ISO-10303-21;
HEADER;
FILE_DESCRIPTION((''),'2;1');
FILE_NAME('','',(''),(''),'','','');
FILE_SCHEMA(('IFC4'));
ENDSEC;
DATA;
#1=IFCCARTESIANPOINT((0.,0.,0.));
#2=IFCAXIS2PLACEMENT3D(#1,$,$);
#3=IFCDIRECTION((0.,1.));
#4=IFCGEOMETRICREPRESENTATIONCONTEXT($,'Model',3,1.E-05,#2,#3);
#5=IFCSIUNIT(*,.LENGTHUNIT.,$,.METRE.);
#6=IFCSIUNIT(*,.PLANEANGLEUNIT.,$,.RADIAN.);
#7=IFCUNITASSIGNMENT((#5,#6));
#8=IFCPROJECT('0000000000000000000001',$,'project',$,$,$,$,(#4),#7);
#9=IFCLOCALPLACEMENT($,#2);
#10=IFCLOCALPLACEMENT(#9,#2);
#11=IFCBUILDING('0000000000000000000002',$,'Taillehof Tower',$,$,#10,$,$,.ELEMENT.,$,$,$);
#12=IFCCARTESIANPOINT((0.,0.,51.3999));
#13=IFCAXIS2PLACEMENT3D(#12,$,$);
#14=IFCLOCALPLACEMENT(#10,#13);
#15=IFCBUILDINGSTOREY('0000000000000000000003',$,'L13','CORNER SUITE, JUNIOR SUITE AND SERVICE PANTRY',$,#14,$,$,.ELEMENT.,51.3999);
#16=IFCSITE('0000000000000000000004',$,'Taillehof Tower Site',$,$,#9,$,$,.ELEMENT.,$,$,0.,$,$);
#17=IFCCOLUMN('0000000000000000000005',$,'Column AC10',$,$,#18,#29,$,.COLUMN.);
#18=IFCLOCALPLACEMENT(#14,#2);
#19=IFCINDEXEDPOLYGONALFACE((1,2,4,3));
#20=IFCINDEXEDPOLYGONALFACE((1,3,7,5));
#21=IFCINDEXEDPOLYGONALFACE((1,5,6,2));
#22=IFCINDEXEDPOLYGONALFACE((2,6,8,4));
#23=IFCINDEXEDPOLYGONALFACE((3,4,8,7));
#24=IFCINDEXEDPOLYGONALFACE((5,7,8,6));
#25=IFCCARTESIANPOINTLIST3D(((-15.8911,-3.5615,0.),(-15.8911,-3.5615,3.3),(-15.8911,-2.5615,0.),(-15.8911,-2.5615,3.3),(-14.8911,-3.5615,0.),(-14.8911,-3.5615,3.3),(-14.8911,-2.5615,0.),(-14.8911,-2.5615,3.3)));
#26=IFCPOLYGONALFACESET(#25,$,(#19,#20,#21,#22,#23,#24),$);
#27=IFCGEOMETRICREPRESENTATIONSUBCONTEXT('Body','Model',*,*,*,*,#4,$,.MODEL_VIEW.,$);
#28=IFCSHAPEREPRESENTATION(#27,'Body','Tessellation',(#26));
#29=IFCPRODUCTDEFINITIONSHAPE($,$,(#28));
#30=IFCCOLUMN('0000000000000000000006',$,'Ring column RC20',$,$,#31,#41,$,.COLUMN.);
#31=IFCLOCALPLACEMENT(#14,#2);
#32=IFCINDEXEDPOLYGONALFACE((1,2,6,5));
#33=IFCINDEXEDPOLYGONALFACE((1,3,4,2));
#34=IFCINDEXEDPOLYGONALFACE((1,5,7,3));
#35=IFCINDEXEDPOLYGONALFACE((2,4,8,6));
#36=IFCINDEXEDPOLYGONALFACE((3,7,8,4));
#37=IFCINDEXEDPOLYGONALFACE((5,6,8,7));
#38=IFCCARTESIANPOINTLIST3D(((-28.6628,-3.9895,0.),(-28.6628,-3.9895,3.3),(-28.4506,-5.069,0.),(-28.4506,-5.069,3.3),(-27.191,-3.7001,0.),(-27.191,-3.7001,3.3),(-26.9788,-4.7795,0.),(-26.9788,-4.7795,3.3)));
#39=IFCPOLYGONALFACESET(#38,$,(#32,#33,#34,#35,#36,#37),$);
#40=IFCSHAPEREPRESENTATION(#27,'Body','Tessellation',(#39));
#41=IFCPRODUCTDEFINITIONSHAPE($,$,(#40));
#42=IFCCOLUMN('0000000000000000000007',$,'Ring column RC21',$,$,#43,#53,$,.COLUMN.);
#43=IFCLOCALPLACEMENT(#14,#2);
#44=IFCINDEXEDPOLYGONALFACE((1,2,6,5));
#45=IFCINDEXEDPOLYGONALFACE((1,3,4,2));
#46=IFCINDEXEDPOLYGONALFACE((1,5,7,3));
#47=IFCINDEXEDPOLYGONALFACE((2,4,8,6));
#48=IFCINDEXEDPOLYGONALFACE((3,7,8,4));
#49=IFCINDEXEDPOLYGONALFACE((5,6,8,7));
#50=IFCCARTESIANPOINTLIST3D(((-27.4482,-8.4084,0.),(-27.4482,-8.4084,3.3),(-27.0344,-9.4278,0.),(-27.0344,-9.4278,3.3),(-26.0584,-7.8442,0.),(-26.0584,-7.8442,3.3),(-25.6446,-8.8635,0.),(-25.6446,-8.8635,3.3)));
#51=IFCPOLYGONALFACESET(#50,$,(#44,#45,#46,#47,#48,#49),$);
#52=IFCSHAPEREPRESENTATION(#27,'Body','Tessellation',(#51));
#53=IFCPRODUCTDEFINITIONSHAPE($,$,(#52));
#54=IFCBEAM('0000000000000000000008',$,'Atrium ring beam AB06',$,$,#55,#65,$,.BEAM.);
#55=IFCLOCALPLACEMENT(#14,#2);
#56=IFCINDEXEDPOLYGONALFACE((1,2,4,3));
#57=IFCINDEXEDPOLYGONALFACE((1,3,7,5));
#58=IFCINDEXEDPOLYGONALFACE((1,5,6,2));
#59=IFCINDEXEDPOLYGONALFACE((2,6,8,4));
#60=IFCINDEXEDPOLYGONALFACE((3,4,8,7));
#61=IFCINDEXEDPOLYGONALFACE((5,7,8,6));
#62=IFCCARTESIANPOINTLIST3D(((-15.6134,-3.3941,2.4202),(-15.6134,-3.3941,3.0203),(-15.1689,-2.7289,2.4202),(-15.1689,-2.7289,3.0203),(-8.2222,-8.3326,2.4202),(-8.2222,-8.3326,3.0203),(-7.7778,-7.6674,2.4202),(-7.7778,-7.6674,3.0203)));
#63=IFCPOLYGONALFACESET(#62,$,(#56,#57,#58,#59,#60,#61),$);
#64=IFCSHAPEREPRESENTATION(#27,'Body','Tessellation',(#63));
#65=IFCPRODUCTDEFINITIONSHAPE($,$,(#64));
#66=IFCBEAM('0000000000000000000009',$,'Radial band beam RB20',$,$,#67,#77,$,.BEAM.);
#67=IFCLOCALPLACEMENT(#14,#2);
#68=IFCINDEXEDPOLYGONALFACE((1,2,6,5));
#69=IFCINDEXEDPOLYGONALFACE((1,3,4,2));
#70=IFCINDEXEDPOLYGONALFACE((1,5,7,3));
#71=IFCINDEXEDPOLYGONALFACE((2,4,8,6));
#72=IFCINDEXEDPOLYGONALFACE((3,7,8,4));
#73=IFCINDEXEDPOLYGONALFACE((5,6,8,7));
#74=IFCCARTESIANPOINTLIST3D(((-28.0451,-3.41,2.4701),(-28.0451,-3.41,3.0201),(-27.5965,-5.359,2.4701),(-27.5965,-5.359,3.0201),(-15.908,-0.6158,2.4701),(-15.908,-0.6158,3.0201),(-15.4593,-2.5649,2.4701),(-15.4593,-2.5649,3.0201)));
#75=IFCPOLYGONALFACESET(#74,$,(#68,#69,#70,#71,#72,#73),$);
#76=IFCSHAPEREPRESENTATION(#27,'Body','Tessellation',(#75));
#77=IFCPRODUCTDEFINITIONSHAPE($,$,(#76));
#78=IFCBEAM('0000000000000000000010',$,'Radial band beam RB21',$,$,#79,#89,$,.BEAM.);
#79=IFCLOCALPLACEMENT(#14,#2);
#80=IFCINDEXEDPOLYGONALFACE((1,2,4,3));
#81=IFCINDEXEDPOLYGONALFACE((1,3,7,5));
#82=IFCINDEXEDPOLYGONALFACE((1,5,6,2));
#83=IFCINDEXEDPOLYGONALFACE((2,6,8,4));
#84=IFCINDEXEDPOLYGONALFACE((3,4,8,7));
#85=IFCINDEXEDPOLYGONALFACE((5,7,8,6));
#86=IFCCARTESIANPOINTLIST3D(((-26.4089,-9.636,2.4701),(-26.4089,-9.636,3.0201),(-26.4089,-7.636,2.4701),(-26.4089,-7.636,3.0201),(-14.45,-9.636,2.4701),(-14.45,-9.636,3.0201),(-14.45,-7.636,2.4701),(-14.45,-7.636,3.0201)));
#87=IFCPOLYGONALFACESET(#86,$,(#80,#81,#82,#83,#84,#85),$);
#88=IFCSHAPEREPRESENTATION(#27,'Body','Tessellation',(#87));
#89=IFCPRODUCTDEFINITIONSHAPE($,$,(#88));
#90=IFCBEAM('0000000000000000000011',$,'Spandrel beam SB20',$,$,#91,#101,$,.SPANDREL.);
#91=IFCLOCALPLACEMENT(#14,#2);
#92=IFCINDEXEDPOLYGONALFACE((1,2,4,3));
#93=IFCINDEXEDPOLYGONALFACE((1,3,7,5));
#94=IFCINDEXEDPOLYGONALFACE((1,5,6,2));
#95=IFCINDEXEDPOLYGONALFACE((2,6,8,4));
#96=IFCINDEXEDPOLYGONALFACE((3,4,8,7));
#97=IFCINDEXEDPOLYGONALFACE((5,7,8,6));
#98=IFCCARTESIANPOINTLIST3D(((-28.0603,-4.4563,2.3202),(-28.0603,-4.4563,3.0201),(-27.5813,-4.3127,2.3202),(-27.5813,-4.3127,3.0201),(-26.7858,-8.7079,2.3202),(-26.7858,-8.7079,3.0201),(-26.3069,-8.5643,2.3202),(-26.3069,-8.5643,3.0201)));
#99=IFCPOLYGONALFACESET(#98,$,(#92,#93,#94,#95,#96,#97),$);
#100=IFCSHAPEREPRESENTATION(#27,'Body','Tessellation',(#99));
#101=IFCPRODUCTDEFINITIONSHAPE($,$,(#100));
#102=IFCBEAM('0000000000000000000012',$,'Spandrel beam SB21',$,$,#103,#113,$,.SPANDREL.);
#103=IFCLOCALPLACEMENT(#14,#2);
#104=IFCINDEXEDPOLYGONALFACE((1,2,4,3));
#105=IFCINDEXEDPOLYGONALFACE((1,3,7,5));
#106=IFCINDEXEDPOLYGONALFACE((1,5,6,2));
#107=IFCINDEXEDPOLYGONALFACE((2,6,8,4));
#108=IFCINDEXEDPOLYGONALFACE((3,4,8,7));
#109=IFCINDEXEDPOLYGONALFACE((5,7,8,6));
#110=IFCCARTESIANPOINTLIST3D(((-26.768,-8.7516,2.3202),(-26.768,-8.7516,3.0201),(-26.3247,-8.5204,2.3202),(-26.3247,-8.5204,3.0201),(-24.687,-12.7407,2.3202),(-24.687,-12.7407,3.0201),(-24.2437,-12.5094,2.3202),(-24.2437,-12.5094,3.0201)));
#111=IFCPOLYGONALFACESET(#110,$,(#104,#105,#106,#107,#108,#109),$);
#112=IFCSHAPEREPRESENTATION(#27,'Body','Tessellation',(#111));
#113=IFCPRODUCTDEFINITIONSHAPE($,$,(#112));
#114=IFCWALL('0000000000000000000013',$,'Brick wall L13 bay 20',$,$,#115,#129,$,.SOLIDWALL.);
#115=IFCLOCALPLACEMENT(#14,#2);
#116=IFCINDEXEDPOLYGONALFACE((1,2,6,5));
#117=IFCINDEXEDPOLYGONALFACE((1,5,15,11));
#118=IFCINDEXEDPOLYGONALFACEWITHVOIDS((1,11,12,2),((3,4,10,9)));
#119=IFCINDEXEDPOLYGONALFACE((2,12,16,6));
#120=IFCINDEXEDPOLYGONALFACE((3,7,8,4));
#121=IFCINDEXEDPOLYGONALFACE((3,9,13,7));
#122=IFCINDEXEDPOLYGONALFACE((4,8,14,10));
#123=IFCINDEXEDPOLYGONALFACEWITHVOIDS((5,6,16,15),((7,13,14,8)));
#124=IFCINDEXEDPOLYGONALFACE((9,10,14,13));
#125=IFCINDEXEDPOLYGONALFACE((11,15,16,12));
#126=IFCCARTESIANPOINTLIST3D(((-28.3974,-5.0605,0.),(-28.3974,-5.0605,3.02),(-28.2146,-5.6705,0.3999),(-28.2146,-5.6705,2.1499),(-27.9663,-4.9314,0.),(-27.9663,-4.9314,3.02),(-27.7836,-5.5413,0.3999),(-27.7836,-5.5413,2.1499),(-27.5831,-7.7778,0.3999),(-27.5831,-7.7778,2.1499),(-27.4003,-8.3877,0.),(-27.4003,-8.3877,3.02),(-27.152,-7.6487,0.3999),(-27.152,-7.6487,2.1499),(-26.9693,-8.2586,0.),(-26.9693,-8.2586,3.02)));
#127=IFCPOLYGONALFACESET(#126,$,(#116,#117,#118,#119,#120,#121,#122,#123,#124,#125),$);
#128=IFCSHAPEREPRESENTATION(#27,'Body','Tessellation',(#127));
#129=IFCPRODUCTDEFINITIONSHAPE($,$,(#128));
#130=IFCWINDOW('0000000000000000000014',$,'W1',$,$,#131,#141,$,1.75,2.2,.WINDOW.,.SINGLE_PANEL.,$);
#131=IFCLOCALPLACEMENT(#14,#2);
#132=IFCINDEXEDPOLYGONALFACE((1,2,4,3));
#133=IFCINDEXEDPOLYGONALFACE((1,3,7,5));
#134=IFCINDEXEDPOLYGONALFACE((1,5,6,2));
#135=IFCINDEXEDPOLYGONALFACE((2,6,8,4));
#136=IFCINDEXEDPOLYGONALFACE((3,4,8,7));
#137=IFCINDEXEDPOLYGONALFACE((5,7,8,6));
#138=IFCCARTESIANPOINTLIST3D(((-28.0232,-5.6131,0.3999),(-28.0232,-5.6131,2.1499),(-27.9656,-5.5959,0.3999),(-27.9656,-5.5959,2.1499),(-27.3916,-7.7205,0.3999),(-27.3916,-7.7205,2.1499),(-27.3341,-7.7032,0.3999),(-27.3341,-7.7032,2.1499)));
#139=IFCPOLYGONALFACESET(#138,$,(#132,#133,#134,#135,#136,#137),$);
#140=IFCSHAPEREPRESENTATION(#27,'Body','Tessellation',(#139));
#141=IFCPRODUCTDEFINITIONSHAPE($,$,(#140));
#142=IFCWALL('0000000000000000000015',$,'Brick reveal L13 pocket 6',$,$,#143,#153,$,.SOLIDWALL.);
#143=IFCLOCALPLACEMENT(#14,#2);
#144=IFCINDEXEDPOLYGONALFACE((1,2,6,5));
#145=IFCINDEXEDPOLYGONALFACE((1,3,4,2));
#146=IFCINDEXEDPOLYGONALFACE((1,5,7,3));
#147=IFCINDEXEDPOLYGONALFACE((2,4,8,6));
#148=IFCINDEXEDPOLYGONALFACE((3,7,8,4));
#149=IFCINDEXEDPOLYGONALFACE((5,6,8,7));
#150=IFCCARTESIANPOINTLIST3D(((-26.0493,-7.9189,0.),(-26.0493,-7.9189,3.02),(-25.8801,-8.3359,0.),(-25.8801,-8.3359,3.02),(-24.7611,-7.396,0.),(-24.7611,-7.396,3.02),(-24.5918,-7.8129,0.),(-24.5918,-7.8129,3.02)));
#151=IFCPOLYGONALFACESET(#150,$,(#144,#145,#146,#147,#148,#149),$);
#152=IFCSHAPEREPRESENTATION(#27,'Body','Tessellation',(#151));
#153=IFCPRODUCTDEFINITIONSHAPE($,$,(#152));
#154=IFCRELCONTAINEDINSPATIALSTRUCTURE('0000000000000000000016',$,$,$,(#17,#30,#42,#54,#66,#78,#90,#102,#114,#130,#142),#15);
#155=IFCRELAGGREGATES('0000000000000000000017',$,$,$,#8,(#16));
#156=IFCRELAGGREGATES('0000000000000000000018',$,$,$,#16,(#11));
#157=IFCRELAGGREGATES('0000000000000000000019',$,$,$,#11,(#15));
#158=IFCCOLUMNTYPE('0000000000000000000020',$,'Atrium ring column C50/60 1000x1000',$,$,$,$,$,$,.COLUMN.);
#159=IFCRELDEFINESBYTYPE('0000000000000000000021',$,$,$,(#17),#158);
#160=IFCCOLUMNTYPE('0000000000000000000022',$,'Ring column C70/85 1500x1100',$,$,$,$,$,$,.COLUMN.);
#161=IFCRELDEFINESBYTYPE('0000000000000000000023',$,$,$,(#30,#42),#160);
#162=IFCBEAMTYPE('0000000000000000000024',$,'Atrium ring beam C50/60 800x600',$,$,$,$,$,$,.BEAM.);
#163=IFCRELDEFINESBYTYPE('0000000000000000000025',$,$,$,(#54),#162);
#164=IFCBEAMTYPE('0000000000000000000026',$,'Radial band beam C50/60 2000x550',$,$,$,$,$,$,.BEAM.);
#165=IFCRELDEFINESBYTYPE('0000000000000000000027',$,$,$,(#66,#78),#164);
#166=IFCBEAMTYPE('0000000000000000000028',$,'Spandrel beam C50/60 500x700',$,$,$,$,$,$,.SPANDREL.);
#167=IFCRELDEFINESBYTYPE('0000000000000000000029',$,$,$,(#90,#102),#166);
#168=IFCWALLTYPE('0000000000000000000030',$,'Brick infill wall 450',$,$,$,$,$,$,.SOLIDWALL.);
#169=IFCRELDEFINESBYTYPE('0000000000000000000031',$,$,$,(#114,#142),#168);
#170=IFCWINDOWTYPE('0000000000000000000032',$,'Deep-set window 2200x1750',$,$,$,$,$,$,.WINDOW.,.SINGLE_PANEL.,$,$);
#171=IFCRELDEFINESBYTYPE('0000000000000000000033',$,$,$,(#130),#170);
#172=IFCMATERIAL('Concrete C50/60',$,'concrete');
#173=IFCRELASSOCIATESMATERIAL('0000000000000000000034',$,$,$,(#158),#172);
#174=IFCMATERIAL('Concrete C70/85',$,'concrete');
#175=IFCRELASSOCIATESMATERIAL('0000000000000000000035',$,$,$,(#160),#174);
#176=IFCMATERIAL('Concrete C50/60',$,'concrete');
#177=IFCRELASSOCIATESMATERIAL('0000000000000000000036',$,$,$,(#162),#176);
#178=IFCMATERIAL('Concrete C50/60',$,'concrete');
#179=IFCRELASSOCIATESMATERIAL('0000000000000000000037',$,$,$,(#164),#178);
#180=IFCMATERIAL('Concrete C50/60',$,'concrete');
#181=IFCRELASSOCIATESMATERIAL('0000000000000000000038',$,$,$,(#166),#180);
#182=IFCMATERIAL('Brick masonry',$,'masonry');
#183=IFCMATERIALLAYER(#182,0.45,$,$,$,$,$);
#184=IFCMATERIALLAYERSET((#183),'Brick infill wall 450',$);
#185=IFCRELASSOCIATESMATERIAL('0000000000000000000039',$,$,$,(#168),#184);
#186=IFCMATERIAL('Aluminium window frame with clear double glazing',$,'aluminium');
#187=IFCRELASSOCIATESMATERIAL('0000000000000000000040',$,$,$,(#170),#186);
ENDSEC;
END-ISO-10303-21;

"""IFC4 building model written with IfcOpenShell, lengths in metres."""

from ifc_helpers import new_model, si_unit, direction, frame, frame_2d, origin, origin_2d, place, context, subcontext, project, spatial, rectangle, extrude, material, layer, layer_set, material_profile, profile_set, type_object, element, fill, save


model = new_model("IFC4")

# Units and contexts
model_context = context("Model", 3, precision=1e-05, world=origin(), true_north=direction((0.0, 1.0)))
body_context = subcontext(model_context, "Body", "Model", "MODEL_VIEW")
ifc_project = project(units=[si_unit("LENGTHUNIT", "METRE"), si_unit("PLANEANGLEUNIT", "RADIAN")], contexts=[model_context])

# Site, building, storey
site_placement = place(None, origin())
site = spatial("IfcSite", under=ifc_project, at=site_placement, Name="Taillehof Tower Site", CompositionType="ELEMENT", RefElevation=0.0)
building_placement = place(site_placement, origin())
building = spatial("IfcBuilding", under=site, at=building_placement, Name="Taillehof Tower", CompositionType="ELEMENT")
storey_placement = place(building_placement, frame((0.0, 0.0, 51.3999)))
storey = spatial("IfcBuildingStorey", under=building, at=storey_placement, Name="L13", Description="CORNER SUITE, JUNIOR SUITE AND SERVICE PANTRY", CompositionType="ELEMENT", Elevation=51.3999)

# Columns
ifc_material_1 = material(Name="Concrete C50/60", Category="concrete")
ifc_material_profile_1 = material_profile(ifc_material_1, rectangle(XDim=1.0, YDim=1.0, at=origin_2d()), Name="RC 1000x1000")
ifc_profile_set_1 = profile_set([ifc_material_profile_1], Name="Concrete C50/60")
column_type_1 = type_object("IfcColumnType", Name="Atrium ring column C50/60 1000x1000", PredefinedType="COLUMN", material=ifc_profile_set_1)
column_placement = place(storey_placement, frame((-15.3911, -3.0615, 0.0), z_axis=(0.0, 0.0, 1.0), x_axis=(1.0, 0.0, 0.0)))
element("IfcColumn", 1, at=column_placement, inside=storey, type_object=column_type_1, Name="Column AC10", PredefinedType="COLUMN", context=body_context, shape_type="SweptSolid", body=[
    extrude(rectangle(XDim=1.0, YDim=1.0, at=origin_2d()), origin(), (0.0, 0.0, 1.0), 3.3),
])
ifc_material_2 = material(Name="Concrete C70/85", Category="concrete")
ifc_material_profile_2 = material_profile(ifc_material_2, rectangle(XDim=1.5, YDim=1.1001, at=origin_2d()), Name="RC 1500x1100")
ifc_profile_set_2 = profile_set([ifc_material_profile_2], Name="Concrete C70/85")
column_type_2 = type_object("IfcColumnType", Name="Ring column C70/85 1500x1100", PredefinedType="COLUMN", material=ifc_profile_set_2)
for number, where, z_axis, x_axis, name in (
    (2, (-27.8208, -4.3845, 0.0), (0.0, 0.0, 1.0), (-0.981204, -0.192976, 0.0), "Ring column RC20"),
    (3, (-26.5464, -8.636, 0.0), (0.0, 0.0, 1.0), (-0.926558, -0.376152, 0.0), "Ring column RC21"),
):
    element("IfcColumn", number, at=place(storey_placement, frame(where, z_axis=z_axis, x_axis=x_axis)), inside=storey, type_object=column_type_2, Name=name, PredefinedType="COLUMN", context=body_context, shape_type="SweptSolid", body=[
        extrude(rectangle(XDim=1.5, YDim=1.1001, at=origin_2d()), origin(), (0.0, 0.0, 1.0), 3.3),
    ])

# Beams
ifc_material_3 = material(Name="Concrete C50/60", Category="concrete")
ifc_material_profile_3 = material_profile(ifc_material_3, rectangle(XDim=0.8, YDim=0.6001, at=origin_2d()), Name="RC 800x600")
ifc_profile_set_3 = profile_set([ifc_material_profile_3], Name="Concrete C50/60")
beam_type_1 = type_object("IfcBeamType", Name="Atrium ring beam C50/60 800x600", PredefinedType="BEAM", material=ifc_profile_set_3)
beam_1_placement = place(storey_placement, frame((-15.3911, -3.0615, 2.7202), z_axis=(0.831475, -0.555562, 0.0), x_axis=(0.555562, 0.831475, 0.0)))
element("IfcBeam", 4, at=beam_1_placement, inside=storey, type_object=beam_type_1, Name="Atrium ring beam AB06", PredefinedType="BEAM", context=body_context, shape_type="SweptSolid", body=[
    extrude(rectangle(XDim=0.8, YDim=0.6001, at=origin_2d()), origin(), (0.0, 0.0, 1.0), 8.8892),
])
ifc_material_4 = material(Name="Concrete C50/60", Category="concrete")
ifc_material_profile_4 = material_profile(ifc_material_4, rectangle(XDim=2.0, YDim=0.55, at=origin_2d()), Name="RC 2000x550")
ifc_profile_set_4 = profile_set([ifc_material_profile_4], Name="Concrete C50/60")
beam_type_2 = type_object("IfcBeamType", Name="Radial band beam C50/60 2000x550", PredefinedType="BEAM", material=ifc_profile_set_4)
beam_2_placement = place(storey_placement, frame((-27.8208, -4.3845, 2.7451), z_axis=(0.974509, 0.224348, 0.0), x_axis=(-0.224348, 0.974509, 0.0)))
element("IfcBeam", 5, at=beam_2_placement, inside=storey, type_object=beam_type_2, Name="Radial band beam RB20", PredefinedType="BEAM", context=body_context, shape_type="SweptSolid", body=[
    extrude(rectangle(XDim=2.0, YDim=0.55, at=origin_2d()), origin(), (0.0, 0.0, 1.0), 12.4546),
])
beam_3_placement = place(storey_placement, frame((-26.4089, -8.636, 2.7451), z_axis=(1.0, 0.0, 0.0), x_axis=(0.0, 1.0, 0.0)))
element("IfcBeam", 6, at=beam_3_placement, inside=storey, type_object=beam_type_2, Name="Radial band beam RB21", PredefinedType="BEAM", context=body_context, shape_type="SweptSolid", body=[
    extrude(rectangle(XDim=2.0, YDim=0.55, at=origin_2d()), origin(), (0.0, 0.0, 1.0), 11.959),
])
ifc_material_5 = material(Name="Concrete C50/60", Category="concrete")
ifc_material_profile_5 = material_profile(ifc_material_5, rectangle(XDim=0.5, YDim=0.7, at=origin_2d()), Name="RC 500x700")
ifc_profile_set_5 = profile_set([ifc_material_profile_5], Name="Concrete C50/60")
beam_type_3 = type_object("IfcBeamType", Name="Spandrel beam C50/60 500x700", PredefinedType="SPANDREL", material=ifc_profile_set_5)
beam_4_placement = place(storey_placement, frame((-27.8208, -4.3845, 2.6702), z_axis=(0.287136, -0.95789, 0.0), x_axis=(0.95789, 0.287136, 0.0)))
element("IfcBeam", 7, at=beam_4_placement, inside=storey, type_object=beam_type_3, Name="Spandrel beam SB20", PredefinedType="SPANDREL", context=body_context, shape_type="SweptSolid", body=[
    extrude(rectangle(XDim=0.5, YDim=0.7, at=origin_2d()), origin(), (0.0, 0.0, 1.0), 4.4385),
])
beam_5_placement = place(storey_placement, frame((-26.5464, -8.636, 2.6702), z_axis=(0.462536, -0.8866, 0.0), x_axis=(0.8866, 0.462536, 0.0)))
element("IfcBeam", 8, at=beam_5_placement, inside=storey, type_object=beam_type_3, Name="Spandrel beam SB21", PredefinedType="SPANDREL", context=body_context, shape_type="SweptSolid", body=[
    extrude(rectangle(XDim=0.5, YDim=0.7, at=origin_2d()), origin(), (0.0, 0.0, 1.0), 4.4993),
])

# Wall, opening, window
ifc_material_6 = material(Name="Brick masonry", Category="masonry")
ifc_layer_1 = layer(ifc_material_6, 0.45)
ifc_layer_set_1 = layer_set([ifc_layer_1], Name="Brick infill wall 450")
wall_type_1 = type_object("IfcWallType", Name="Brick infill wall 450", PredefinedType="SOLIDWALL", material=ifc_layer_set_1)
wall_1_placement = place(storey_placement, frame((-28.1819, -4.9958, 0.0), z_axis=(0.0, 0.0, 1.0), x_axis=(0.287064, -0.957911, 0.0)))
wall_1 = element("IfcWall", 9, at=wall_1_placement, inside=storey, type_object=wall_type_1, Name="Brick wall L13 bay 20", PredefinedType="SOLIDWALL", context=body_context, shape_type="SweptSolid", body=[
    extrude(rectangle(XDim=3.4734, YDim=0.45, at=frame_2d((1.7368, 0.0))), origin(), (0.0, 0.0, 1.0), 3.02),
])
opening_1_placement = place(wall_1_placement, frame((0.6367, 0.0, 0.3999)))
opening_1 = element("IfcOpeningElement", 10, at=opening_1_placement, cuts=wall_1, PredefinedType="OPENING", context=body_context, shape_type="SweptSolid", body=[
    extrude(rectangle(XDim=2.2, YDim=1.75, at=frame_2d((1.1001, 0.875))), frame((0.0, 0.2349, 0.0), z_axis=(0.0, -1.0, 0.0), x_axis=(1.0, 0.0, 0.0)), (0.0, 0.0, 1.0), 0.47),
])
ifc_material_7 = material(Name="Aluminium window frame with clear double glazing", Category="aluminium")
window_type_1 = type_object("IfcWindowType", Name="Deep-set window 2200x1750", PartitioningType="SINGLE_PANEL", PredefinedType="WINDOW", material=ifc_material_7)
window_1_placement = place(opening_1_placement, origin())
window_1 = element("IfcWindow", 11, at=window_1_placement, inside=storey, type_object=window_type_1, Name="W1", OverallHeight=1.75, OverallWidth=2.2, PartitioningType="SINGLE_PANEL", PredefinedType="WINDOW", context=body_context, shape_type="SweptSolid", body=[
    extrude(rectangle(XDim=2.2, YDim=1.75, at=frame_2d((1.1001, 0.875))), frame((0.0, 0.0349, 0.0), z_axis=(0.0, -1.0, 0.0), x_axis=(1.0, 0.0, 0.0)), (0.0, 0.0, 1.0), 0.0601),
])
fill(opening_1, window_1)

# Wall
wall_2_placement = place(storey_placement, frame((-25.9648, -8.1274, 0.0), z_axis=(0.0, 0.0, 1.0), x_axis=(0.926576, 0.376109, 0.0)))
element("IfcWall", 12, at=wall_2_placement, inside=storey, type_object=wall_type_1, Name="Brick reveal L13 pocket 6", PredefinedType="SOLIDWALL", context=body_context, shape_type="SweptSolid", body=[
    extrude(rectangle(XDim=1.3904, YDim=0.45, at=frame_2d((0.6953, 0.0))), origin(), (0.0, 0.0, 1.0), 3.02),
])

save(model, "model.ifc")
